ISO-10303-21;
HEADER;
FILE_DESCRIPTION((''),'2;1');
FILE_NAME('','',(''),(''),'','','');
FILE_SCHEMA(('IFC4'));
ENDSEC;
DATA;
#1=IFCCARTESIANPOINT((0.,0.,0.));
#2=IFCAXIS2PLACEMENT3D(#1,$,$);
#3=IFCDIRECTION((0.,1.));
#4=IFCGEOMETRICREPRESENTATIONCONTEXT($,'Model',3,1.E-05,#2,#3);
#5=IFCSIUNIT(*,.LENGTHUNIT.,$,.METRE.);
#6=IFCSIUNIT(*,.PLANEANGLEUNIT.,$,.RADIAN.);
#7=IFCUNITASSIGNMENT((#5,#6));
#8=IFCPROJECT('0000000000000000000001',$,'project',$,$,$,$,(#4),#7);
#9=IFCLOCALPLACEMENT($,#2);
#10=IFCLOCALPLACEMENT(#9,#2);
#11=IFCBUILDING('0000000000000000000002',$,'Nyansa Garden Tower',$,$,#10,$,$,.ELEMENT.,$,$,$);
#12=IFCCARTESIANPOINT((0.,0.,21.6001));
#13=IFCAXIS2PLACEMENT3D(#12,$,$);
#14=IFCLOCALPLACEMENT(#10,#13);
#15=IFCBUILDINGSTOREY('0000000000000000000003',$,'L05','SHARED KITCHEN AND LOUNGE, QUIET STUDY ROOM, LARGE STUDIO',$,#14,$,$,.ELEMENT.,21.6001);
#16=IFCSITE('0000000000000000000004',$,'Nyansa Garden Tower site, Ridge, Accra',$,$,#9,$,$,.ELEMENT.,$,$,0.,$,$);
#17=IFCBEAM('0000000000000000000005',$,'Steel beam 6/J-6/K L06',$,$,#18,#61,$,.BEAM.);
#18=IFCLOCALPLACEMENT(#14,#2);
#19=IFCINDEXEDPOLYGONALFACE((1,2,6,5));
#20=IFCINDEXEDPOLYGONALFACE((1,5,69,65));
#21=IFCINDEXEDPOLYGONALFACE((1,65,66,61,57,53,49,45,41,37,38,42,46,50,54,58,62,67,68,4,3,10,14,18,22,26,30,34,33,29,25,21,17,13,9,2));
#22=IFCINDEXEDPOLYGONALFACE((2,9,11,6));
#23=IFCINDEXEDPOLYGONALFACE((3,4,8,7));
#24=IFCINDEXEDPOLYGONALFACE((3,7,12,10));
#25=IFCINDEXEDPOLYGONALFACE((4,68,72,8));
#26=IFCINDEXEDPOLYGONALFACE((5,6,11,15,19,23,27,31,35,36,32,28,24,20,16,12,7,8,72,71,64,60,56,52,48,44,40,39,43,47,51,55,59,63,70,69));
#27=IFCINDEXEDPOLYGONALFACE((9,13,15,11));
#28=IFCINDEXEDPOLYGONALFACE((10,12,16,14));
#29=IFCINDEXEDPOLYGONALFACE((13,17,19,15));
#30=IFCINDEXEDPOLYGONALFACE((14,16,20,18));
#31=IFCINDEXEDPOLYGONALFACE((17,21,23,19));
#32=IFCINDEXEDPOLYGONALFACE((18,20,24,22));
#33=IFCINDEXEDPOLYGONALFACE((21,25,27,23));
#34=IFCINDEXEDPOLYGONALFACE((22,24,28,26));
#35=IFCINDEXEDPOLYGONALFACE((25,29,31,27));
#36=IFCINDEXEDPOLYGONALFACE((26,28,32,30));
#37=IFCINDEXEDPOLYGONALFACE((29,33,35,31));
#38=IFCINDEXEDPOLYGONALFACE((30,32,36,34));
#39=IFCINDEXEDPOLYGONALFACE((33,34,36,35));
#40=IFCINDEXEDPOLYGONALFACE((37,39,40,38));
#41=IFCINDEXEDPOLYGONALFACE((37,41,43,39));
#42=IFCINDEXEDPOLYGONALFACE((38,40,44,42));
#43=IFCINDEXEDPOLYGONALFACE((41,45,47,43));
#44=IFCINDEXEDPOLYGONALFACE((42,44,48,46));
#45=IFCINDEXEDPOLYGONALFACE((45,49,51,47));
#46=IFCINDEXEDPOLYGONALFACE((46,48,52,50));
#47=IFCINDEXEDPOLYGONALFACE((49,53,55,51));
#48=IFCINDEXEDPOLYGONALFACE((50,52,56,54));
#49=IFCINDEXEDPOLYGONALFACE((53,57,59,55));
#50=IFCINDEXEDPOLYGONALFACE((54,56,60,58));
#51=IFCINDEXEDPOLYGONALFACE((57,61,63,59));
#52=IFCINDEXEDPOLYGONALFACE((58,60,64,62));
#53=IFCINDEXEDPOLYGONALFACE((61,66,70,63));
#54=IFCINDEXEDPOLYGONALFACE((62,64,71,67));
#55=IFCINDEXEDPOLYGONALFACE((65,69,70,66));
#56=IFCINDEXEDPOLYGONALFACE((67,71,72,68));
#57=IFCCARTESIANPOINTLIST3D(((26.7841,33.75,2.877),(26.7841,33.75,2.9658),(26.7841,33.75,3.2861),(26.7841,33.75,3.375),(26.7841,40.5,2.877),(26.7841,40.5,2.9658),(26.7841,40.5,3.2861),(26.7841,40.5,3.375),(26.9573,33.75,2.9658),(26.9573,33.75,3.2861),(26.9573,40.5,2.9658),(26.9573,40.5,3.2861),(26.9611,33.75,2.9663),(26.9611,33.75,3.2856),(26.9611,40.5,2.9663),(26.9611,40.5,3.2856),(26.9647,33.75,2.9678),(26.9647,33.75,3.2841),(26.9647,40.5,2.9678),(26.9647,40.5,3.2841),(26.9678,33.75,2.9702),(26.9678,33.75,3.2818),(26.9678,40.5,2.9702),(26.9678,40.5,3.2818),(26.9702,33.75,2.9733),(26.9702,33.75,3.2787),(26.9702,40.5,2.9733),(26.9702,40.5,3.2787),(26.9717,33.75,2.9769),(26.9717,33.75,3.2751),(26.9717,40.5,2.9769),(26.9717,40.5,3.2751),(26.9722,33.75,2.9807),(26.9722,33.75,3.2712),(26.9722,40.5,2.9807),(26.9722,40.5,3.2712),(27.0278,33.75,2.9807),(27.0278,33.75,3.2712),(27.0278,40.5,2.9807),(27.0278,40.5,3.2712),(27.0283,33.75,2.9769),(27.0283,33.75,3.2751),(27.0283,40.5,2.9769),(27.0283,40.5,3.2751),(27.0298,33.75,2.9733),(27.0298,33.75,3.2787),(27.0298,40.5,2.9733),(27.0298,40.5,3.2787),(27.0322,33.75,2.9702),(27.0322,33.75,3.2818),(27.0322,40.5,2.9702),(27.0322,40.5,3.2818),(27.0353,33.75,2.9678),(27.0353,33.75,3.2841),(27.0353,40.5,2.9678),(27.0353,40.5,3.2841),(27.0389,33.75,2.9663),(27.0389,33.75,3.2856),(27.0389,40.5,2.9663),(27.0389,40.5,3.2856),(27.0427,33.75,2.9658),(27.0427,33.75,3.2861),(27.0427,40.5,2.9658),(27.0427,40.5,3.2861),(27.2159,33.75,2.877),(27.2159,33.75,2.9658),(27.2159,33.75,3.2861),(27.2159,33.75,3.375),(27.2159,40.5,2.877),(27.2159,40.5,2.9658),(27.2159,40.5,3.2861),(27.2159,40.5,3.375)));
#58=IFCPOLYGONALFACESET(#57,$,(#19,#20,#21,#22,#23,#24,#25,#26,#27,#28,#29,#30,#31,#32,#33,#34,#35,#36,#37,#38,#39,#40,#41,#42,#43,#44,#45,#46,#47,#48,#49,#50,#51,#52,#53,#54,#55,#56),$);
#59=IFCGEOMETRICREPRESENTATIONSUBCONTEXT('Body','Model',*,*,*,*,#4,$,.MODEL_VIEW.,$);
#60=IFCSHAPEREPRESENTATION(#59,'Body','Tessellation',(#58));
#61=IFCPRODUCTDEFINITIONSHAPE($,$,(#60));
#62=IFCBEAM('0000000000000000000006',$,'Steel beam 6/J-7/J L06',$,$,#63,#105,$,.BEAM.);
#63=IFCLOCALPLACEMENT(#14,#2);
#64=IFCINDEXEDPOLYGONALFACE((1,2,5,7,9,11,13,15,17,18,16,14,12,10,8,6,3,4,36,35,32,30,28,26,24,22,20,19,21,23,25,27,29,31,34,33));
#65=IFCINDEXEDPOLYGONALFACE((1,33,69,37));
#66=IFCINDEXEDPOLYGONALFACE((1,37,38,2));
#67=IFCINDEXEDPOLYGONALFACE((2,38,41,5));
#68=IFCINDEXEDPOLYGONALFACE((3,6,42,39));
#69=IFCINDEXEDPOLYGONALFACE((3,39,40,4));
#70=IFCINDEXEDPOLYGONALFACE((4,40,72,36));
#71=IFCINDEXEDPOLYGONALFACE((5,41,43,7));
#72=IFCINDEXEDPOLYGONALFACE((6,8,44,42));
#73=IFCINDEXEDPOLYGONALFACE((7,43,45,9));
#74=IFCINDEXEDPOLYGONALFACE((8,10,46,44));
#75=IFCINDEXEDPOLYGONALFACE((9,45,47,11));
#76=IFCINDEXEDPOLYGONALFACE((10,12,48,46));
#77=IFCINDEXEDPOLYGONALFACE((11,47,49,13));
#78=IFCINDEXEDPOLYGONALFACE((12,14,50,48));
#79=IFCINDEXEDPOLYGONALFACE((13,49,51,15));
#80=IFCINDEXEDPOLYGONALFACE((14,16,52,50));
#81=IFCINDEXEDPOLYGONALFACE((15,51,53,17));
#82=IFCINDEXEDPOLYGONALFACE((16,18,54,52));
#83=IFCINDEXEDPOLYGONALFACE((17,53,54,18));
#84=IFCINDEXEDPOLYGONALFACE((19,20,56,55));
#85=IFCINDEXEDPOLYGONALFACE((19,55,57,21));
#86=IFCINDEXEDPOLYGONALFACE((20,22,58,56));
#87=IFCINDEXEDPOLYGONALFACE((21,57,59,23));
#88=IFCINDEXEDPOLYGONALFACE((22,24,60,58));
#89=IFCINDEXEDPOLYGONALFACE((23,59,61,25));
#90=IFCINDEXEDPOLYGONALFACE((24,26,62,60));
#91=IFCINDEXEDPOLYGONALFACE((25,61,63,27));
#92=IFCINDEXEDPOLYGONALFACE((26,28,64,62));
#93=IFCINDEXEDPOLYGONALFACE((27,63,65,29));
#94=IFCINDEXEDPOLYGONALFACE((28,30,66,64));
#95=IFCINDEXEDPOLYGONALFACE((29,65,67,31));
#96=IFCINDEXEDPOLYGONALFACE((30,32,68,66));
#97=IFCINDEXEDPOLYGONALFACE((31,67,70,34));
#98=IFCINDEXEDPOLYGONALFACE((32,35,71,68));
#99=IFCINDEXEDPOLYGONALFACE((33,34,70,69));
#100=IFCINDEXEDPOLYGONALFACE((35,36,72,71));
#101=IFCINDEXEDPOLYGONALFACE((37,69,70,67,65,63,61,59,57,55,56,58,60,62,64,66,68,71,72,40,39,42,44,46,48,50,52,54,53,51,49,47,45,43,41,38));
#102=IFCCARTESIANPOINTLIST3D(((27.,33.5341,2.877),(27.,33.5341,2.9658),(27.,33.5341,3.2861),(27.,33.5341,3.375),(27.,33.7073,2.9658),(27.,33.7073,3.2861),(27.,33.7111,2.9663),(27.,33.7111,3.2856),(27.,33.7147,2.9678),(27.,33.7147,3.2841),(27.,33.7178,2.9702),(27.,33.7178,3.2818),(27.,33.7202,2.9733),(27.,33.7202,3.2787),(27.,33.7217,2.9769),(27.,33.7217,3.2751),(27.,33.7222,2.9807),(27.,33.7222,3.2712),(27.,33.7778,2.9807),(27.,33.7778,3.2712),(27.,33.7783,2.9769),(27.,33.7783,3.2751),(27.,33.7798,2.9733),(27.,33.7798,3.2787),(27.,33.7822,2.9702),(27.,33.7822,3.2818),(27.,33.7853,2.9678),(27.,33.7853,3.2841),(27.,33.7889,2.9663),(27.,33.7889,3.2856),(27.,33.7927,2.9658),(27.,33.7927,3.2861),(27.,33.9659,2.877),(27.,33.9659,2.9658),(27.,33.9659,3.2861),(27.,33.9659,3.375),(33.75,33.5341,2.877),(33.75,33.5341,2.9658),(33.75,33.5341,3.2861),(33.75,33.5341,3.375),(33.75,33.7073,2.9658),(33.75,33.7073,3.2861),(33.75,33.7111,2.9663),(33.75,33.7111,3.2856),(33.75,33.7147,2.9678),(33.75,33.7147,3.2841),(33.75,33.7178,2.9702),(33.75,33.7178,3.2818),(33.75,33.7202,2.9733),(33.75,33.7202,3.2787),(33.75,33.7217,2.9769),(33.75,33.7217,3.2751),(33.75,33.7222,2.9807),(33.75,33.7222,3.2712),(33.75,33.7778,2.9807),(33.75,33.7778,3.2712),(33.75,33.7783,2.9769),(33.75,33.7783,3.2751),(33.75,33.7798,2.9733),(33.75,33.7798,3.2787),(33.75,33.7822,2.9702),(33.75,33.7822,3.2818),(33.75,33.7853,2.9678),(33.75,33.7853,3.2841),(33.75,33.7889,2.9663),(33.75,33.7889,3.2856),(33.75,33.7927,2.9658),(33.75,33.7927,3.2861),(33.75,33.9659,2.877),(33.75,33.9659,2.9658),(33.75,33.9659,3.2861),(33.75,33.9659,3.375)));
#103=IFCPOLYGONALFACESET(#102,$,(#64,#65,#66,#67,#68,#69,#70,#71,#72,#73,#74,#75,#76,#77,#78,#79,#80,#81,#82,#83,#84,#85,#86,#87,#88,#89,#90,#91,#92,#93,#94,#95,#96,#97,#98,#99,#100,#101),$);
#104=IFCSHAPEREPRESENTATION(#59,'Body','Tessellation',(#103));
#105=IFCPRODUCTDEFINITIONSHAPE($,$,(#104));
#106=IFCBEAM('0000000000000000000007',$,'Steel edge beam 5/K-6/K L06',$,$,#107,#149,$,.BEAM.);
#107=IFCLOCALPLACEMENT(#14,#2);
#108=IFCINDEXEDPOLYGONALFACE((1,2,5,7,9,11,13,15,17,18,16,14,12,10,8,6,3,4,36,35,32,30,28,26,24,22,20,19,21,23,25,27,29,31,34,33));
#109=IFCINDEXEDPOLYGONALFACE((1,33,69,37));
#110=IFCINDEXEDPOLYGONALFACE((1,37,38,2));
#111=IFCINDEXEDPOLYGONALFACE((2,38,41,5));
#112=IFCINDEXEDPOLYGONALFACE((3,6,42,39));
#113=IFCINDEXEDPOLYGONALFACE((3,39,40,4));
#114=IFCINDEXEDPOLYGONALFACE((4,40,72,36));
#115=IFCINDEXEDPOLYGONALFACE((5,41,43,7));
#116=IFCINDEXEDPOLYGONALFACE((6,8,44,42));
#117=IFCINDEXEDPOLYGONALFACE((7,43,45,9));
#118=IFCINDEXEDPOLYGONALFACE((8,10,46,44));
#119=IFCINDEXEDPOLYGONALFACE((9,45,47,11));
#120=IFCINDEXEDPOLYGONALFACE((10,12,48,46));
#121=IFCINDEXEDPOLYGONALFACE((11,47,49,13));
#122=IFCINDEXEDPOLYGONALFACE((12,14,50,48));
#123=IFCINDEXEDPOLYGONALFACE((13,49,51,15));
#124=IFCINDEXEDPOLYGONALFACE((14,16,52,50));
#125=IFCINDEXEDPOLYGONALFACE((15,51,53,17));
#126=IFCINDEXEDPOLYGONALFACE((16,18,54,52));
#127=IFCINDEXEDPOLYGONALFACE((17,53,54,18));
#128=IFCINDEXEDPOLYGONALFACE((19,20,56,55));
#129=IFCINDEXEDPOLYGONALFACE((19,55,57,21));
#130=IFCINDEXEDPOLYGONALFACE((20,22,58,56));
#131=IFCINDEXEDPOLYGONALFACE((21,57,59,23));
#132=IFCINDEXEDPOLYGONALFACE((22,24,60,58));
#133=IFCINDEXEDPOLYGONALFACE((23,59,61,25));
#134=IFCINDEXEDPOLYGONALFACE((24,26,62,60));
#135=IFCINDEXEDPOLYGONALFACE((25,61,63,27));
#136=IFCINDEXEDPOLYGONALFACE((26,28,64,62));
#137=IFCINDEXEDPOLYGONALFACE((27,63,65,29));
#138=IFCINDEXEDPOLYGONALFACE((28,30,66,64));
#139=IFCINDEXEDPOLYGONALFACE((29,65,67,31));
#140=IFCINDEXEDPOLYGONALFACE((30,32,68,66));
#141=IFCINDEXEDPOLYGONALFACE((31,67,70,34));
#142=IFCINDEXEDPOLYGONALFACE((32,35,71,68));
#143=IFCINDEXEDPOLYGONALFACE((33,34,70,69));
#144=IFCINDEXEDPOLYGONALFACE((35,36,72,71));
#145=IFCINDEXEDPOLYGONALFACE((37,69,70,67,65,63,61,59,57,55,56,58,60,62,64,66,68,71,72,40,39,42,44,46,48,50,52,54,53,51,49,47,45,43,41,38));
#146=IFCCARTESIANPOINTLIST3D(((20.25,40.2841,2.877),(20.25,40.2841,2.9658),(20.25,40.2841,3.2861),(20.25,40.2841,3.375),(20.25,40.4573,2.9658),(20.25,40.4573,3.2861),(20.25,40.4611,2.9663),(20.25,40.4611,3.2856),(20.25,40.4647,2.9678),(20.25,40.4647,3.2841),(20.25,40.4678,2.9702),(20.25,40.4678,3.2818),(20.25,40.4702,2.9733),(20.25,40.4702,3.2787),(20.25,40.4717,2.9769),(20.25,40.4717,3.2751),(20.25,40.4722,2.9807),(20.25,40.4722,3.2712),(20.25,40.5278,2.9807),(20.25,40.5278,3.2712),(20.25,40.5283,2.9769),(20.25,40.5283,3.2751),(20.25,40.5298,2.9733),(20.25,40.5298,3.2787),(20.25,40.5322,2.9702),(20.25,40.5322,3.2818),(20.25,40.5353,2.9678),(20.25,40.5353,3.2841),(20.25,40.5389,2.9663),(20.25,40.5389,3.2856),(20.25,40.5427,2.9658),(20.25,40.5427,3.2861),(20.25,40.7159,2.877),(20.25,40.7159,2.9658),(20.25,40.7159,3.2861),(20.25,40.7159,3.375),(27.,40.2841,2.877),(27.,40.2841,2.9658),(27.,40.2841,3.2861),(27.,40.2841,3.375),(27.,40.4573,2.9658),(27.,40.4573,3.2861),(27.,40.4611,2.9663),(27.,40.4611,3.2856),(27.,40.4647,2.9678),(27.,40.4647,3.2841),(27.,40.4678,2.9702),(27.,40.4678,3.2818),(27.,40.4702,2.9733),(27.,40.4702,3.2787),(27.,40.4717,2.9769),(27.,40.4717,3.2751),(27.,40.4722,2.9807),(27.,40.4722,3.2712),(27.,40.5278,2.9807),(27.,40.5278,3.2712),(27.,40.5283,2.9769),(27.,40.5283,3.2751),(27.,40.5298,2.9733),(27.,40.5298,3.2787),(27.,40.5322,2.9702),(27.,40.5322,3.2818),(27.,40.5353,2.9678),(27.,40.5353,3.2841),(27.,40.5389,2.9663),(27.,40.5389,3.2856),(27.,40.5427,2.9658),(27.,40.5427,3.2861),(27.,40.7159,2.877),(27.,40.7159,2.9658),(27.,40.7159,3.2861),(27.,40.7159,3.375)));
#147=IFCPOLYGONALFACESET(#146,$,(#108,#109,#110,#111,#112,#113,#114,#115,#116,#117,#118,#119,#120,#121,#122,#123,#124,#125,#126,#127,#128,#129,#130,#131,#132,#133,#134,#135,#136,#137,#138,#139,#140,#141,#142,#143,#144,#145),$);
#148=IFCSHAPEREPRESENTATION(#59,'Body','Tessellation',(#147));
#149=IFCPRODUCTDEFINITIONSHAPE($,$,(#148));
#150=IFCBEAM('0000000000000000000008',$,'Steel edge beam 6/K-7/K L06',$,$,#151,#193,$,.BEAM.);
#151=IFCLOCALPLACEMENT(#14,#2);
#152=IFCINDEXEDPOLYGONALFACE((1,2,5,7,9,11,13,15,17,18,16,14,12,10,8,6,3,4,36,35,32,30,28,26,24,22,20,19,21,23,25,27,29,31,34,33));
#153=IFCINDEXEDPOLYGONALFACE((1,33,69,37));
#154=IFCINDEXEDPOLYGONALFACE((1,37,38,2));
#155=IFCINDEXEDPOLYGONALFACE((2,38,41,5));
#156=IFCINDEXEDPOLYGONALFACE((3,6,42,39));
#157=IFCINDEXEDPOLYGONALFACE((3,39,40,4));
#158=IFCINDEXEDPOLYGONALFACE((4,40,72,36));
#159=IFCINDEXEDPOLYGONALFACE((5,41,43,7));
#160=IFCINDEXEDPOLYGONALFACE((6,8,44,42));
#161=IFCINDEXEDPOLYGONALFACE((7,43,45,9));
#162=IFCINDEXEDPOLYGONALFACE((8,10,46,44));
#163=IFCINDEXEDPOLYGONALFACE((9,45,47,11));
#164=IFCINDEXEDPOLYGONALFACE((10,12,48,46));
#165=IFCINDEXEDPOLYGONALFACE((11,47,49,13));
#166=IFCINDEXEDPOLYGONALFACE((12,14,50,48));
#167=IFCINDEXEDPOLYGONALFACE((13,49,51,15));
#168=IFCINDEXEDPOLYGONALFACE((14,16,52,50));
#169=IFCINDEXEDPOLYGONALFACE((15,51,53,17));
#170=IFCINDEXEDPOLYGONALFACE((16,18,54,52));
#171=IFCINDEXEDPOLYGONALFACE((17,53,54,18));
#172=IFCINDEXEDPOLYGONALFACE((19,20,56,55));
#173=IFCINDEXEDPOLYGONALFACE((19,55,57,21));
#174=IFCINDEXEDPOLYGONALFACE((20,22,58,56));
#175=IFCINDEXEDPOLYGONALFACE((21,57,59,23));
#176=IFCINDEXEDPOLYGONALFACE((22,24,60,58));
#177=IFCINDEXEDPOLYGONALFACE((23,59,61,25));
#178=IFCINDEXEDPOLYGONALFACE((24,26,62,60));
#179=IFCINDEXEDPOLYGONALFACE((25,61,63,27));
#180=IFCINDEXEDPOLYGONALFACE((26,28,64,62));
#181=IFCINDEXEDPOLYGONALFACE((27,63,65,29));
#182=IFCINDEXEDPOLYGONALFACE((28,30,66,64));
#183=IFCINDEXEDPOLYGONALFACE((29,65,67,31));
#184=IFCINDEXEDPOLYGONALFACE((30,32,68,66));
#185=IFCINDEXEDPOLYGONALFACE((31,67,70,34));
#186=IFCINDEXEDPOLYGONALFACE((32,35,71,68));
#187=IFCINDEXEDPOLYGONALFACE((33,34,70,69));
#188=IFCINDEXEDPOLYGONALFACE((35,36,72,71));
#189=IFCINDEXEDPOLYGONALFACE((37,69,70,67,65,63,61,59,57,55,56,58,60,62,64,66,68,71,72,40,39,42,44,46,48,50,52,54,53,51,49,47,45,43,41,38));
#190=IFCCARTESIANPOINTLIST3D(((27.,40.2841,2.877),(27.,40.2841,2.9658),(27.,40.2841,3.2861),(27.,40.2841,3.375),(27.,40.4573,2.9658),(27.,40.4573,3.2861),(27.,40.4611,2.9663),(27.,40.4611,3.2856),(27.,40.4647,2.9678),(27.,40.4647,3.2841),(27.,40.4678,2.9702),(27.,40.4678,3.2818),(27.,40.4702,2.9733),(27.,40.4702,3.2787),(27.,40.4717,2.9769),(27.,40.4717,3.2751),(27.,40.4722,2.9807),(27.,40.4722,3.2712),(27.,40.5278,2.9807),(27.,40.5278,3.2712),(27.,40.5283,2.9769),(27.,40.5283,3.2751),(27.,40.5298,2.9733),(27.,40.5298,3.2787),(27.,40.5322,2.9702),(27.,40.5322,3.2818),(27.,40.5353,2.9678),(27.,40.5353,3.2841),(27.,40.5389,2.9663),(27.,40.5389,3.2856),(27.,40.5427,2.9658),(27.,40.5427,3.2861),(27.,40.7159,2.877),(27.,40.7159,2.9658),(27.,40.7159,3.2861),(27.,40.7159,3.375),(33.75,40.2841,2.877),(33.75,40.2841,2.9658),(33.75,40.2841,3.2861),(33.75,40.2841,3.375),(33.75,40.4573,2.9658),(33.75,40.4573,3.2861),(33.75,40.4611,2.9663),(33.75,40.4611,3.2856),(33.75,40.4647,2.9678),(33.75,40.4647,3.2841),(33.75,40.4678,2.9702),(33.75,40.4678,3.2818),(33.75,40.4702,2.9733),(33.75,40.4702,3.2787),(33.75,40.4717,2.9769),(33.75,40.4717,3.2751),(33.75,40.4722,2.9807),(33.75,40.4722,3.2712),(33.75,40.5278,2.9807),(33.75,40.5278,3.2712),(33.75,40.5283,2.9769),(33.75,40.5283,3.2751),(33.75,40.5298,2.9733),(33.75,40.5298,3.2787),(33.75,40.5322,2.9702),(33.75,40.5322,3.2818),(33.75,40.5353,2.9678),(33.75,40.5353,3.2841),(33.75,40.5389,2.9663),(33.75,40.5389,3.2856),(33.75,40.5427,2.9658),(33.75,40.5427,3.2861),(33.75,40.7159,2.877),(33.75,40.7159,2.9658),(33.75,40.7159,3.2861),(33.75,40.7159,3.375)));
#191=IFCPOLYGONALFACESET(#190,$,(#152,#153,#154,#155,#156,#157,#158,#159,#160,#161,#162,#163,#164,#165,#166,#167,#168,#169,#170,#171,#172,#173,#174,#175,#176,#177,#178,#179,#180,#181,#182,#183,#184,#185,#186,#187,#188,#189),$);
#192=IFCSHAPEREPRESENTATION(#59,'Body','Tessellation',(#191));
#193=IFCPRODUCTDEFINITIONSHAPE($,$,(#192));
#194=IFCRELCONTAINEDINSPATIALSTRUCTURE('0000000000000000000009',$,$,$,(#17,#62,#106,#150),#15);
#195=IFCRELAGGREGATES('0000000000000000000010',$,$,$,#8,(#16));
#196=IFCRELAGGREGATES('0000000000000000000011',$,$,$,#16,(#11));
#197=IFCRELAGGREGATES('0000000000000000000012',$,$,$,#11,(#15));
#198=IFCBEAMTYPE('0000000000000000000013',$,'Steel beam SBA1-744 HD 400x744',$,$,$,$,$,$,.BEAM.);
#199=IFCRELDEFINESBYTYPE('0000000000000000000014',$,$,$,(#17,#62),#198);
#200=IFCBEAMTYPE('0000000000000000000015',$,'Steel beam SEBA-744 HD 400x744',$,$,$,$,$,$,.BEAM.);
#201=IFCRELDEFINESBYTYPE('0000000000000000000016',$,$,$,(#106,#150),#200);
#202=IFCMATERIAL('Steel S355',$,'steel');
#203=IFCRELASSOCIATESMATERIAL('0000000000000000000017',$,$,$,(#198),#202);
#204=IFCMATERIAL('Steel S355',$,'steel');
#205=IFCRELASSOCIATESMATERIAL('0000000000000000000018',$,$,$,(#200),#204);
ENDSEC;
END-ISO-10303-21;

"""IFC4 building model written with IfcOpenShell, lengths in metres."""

from ifc_helpers import new_model, si_unit, direction, frame, origin, origin_2d, place, context, subcontext, project, spatial, i_section, extrude, material, material_profile, profile_set, type_object, element, save


model = new_model("IFC4")

# Units and contexts
model_context = context("Model", 3, precision=1e-05, world=origin(), true_north=direction((0.0, 1.0)))
body_context = subcontext(model_context, "Body", "Model", "MODEL_VIEW")
ifc_project = project(units=[si_unit("LENGTHUNIT", "METRE"), si_unit("PLANEANGLEUNIT", "RADIAN")], contexts=[model_context])

# Site, building, storey
site_placement = place(None, origin())
site = spatial("IfcSite", under=ifc_project, at=site_placement, Name="Nyansa Garden Tower site, Ridge, Accra", CompositionType="ELEMENT", RefElevation=0.0)
building_placement = place(site_placement, origin())
building = spatial("IfcBuilding", under=site, at=building_placement, Name="Nyansa Garden Tower", CompositionType="ELEMENT")
storey_placement = place(building_placement, frame((0.0, 0.0, 21.6001)))
storey = spatial("IfcBuildingStorey", under=building, at=storey_placement, Name="L05", Description="SHARED KITCHEN AND LOUNGE, QUIET STUDY ROOM, LARGE STUDIO", CompositionType="ELEMENT", Elevation=21.6001)

# Beams
ifc_material_1 = material(Name="Steel S355", Category="steel")
ifc_material_profile_1 = material_profile(ifc_material_1, i_section(OverallWidth=0.4319, OverallDepth=0.498, WebThickness=0.0557, FlangeThickness=0.0889, FilletRadius=0.0149, at=origin_2d()), Name="HD 400x744")
ifc_profile_set_1 = profile_set([ifc_material_profile_1], Name="Steel S355")
beam_type_1 = type_object("IfcBeamType", Name="Steel beam SBA1-744 HD 400x744", PredefinedType="BEAM", material=ifc_profile_set_1)
for number, where, z_axis, x_axis, name in (
    (1, (27.0, 33.75, 3.126), (0.0, 1.0, 0.0), (-1.0, 0.0, 0.0), "Steel beam 6/J-6/K L06"),
    (2, (27.0, 33.75, 3.126), (1.0, 0.0, 0.0), (0.0, 1.0, 0.0), "Steel beam 6/J-7/J L06"),
):
    element("IfcBeam", number, at=place(storey_placement, frame(where, z_axis=z_axis, x_axis=x_axis)), inside=storey, type_object=beam_type_1, Name=name, PredefinedType="BEAM", context=body_context, shape_type="SweptSolid", body=[
        extrude(i_section(OverallWidth=0.4319, OverallDepth=0.498, WebThickness=0.0557, FlangeThickness=0.0889, FilletRadius=0.0149, at=origin_2d()), origin(), (0.0, 0.0, 1.0), 6.75),
    ])
ifc_material_2 = material(Name="Steel S355", Category="steel")
ifc_material_profile_2 = material_profile(ifc_material_2, i_section(OverallWidth=0.4319, OverallDepth=0.498, WebThickness=0.0557, FlangeThickness=0.0889, FilletRadius=0.0149, at=origin_2d()), Name="HD 400x744")
ifc_profile_set_2 = profile_set([ifc_material_profile_2], Name="Steel S355")
beam_type_2 = type_object("IfcBeamType", Name="Steel beam SEBA-744 HD 400x744", PredefinedType="BEAM", material=ifc_profile_set_2)
for number, where, z_axis, x_axis, name in (
    (3, (20.25, 40.5, 3.126), (1.0, 0.0, 0.0), (0.0, 1.0, 0.0), "Steel edge beam 5/K-6/K L06"),
    (4, (27.0, 40.5, 3.126), (1.0, 0.0, 0.0), (0.0, 1.0, 0.0), "Steel edge beam 6/K-7/K L06"),
):
    element("IfcBeam", number, at=place(storey_placement, frame(where, z_axis=z_axis, x_axis=x_axis)), inside=storey, type_object=beam_type_2, Name=name, PredefinedType="BEAM", context=body_context, shape_type="SweptSolid", body=[
        extrude(i_section(OverallWidth=0.4319, OverallDepth=0.498, WebThickness=0.0557, FlangeThickness=0.0889, FilletRadius=0.0149, at=origin_2d()), origin(), (0.0, 0.0, 1.0), 6.75),
    ])

save(model, "model.ifc")
